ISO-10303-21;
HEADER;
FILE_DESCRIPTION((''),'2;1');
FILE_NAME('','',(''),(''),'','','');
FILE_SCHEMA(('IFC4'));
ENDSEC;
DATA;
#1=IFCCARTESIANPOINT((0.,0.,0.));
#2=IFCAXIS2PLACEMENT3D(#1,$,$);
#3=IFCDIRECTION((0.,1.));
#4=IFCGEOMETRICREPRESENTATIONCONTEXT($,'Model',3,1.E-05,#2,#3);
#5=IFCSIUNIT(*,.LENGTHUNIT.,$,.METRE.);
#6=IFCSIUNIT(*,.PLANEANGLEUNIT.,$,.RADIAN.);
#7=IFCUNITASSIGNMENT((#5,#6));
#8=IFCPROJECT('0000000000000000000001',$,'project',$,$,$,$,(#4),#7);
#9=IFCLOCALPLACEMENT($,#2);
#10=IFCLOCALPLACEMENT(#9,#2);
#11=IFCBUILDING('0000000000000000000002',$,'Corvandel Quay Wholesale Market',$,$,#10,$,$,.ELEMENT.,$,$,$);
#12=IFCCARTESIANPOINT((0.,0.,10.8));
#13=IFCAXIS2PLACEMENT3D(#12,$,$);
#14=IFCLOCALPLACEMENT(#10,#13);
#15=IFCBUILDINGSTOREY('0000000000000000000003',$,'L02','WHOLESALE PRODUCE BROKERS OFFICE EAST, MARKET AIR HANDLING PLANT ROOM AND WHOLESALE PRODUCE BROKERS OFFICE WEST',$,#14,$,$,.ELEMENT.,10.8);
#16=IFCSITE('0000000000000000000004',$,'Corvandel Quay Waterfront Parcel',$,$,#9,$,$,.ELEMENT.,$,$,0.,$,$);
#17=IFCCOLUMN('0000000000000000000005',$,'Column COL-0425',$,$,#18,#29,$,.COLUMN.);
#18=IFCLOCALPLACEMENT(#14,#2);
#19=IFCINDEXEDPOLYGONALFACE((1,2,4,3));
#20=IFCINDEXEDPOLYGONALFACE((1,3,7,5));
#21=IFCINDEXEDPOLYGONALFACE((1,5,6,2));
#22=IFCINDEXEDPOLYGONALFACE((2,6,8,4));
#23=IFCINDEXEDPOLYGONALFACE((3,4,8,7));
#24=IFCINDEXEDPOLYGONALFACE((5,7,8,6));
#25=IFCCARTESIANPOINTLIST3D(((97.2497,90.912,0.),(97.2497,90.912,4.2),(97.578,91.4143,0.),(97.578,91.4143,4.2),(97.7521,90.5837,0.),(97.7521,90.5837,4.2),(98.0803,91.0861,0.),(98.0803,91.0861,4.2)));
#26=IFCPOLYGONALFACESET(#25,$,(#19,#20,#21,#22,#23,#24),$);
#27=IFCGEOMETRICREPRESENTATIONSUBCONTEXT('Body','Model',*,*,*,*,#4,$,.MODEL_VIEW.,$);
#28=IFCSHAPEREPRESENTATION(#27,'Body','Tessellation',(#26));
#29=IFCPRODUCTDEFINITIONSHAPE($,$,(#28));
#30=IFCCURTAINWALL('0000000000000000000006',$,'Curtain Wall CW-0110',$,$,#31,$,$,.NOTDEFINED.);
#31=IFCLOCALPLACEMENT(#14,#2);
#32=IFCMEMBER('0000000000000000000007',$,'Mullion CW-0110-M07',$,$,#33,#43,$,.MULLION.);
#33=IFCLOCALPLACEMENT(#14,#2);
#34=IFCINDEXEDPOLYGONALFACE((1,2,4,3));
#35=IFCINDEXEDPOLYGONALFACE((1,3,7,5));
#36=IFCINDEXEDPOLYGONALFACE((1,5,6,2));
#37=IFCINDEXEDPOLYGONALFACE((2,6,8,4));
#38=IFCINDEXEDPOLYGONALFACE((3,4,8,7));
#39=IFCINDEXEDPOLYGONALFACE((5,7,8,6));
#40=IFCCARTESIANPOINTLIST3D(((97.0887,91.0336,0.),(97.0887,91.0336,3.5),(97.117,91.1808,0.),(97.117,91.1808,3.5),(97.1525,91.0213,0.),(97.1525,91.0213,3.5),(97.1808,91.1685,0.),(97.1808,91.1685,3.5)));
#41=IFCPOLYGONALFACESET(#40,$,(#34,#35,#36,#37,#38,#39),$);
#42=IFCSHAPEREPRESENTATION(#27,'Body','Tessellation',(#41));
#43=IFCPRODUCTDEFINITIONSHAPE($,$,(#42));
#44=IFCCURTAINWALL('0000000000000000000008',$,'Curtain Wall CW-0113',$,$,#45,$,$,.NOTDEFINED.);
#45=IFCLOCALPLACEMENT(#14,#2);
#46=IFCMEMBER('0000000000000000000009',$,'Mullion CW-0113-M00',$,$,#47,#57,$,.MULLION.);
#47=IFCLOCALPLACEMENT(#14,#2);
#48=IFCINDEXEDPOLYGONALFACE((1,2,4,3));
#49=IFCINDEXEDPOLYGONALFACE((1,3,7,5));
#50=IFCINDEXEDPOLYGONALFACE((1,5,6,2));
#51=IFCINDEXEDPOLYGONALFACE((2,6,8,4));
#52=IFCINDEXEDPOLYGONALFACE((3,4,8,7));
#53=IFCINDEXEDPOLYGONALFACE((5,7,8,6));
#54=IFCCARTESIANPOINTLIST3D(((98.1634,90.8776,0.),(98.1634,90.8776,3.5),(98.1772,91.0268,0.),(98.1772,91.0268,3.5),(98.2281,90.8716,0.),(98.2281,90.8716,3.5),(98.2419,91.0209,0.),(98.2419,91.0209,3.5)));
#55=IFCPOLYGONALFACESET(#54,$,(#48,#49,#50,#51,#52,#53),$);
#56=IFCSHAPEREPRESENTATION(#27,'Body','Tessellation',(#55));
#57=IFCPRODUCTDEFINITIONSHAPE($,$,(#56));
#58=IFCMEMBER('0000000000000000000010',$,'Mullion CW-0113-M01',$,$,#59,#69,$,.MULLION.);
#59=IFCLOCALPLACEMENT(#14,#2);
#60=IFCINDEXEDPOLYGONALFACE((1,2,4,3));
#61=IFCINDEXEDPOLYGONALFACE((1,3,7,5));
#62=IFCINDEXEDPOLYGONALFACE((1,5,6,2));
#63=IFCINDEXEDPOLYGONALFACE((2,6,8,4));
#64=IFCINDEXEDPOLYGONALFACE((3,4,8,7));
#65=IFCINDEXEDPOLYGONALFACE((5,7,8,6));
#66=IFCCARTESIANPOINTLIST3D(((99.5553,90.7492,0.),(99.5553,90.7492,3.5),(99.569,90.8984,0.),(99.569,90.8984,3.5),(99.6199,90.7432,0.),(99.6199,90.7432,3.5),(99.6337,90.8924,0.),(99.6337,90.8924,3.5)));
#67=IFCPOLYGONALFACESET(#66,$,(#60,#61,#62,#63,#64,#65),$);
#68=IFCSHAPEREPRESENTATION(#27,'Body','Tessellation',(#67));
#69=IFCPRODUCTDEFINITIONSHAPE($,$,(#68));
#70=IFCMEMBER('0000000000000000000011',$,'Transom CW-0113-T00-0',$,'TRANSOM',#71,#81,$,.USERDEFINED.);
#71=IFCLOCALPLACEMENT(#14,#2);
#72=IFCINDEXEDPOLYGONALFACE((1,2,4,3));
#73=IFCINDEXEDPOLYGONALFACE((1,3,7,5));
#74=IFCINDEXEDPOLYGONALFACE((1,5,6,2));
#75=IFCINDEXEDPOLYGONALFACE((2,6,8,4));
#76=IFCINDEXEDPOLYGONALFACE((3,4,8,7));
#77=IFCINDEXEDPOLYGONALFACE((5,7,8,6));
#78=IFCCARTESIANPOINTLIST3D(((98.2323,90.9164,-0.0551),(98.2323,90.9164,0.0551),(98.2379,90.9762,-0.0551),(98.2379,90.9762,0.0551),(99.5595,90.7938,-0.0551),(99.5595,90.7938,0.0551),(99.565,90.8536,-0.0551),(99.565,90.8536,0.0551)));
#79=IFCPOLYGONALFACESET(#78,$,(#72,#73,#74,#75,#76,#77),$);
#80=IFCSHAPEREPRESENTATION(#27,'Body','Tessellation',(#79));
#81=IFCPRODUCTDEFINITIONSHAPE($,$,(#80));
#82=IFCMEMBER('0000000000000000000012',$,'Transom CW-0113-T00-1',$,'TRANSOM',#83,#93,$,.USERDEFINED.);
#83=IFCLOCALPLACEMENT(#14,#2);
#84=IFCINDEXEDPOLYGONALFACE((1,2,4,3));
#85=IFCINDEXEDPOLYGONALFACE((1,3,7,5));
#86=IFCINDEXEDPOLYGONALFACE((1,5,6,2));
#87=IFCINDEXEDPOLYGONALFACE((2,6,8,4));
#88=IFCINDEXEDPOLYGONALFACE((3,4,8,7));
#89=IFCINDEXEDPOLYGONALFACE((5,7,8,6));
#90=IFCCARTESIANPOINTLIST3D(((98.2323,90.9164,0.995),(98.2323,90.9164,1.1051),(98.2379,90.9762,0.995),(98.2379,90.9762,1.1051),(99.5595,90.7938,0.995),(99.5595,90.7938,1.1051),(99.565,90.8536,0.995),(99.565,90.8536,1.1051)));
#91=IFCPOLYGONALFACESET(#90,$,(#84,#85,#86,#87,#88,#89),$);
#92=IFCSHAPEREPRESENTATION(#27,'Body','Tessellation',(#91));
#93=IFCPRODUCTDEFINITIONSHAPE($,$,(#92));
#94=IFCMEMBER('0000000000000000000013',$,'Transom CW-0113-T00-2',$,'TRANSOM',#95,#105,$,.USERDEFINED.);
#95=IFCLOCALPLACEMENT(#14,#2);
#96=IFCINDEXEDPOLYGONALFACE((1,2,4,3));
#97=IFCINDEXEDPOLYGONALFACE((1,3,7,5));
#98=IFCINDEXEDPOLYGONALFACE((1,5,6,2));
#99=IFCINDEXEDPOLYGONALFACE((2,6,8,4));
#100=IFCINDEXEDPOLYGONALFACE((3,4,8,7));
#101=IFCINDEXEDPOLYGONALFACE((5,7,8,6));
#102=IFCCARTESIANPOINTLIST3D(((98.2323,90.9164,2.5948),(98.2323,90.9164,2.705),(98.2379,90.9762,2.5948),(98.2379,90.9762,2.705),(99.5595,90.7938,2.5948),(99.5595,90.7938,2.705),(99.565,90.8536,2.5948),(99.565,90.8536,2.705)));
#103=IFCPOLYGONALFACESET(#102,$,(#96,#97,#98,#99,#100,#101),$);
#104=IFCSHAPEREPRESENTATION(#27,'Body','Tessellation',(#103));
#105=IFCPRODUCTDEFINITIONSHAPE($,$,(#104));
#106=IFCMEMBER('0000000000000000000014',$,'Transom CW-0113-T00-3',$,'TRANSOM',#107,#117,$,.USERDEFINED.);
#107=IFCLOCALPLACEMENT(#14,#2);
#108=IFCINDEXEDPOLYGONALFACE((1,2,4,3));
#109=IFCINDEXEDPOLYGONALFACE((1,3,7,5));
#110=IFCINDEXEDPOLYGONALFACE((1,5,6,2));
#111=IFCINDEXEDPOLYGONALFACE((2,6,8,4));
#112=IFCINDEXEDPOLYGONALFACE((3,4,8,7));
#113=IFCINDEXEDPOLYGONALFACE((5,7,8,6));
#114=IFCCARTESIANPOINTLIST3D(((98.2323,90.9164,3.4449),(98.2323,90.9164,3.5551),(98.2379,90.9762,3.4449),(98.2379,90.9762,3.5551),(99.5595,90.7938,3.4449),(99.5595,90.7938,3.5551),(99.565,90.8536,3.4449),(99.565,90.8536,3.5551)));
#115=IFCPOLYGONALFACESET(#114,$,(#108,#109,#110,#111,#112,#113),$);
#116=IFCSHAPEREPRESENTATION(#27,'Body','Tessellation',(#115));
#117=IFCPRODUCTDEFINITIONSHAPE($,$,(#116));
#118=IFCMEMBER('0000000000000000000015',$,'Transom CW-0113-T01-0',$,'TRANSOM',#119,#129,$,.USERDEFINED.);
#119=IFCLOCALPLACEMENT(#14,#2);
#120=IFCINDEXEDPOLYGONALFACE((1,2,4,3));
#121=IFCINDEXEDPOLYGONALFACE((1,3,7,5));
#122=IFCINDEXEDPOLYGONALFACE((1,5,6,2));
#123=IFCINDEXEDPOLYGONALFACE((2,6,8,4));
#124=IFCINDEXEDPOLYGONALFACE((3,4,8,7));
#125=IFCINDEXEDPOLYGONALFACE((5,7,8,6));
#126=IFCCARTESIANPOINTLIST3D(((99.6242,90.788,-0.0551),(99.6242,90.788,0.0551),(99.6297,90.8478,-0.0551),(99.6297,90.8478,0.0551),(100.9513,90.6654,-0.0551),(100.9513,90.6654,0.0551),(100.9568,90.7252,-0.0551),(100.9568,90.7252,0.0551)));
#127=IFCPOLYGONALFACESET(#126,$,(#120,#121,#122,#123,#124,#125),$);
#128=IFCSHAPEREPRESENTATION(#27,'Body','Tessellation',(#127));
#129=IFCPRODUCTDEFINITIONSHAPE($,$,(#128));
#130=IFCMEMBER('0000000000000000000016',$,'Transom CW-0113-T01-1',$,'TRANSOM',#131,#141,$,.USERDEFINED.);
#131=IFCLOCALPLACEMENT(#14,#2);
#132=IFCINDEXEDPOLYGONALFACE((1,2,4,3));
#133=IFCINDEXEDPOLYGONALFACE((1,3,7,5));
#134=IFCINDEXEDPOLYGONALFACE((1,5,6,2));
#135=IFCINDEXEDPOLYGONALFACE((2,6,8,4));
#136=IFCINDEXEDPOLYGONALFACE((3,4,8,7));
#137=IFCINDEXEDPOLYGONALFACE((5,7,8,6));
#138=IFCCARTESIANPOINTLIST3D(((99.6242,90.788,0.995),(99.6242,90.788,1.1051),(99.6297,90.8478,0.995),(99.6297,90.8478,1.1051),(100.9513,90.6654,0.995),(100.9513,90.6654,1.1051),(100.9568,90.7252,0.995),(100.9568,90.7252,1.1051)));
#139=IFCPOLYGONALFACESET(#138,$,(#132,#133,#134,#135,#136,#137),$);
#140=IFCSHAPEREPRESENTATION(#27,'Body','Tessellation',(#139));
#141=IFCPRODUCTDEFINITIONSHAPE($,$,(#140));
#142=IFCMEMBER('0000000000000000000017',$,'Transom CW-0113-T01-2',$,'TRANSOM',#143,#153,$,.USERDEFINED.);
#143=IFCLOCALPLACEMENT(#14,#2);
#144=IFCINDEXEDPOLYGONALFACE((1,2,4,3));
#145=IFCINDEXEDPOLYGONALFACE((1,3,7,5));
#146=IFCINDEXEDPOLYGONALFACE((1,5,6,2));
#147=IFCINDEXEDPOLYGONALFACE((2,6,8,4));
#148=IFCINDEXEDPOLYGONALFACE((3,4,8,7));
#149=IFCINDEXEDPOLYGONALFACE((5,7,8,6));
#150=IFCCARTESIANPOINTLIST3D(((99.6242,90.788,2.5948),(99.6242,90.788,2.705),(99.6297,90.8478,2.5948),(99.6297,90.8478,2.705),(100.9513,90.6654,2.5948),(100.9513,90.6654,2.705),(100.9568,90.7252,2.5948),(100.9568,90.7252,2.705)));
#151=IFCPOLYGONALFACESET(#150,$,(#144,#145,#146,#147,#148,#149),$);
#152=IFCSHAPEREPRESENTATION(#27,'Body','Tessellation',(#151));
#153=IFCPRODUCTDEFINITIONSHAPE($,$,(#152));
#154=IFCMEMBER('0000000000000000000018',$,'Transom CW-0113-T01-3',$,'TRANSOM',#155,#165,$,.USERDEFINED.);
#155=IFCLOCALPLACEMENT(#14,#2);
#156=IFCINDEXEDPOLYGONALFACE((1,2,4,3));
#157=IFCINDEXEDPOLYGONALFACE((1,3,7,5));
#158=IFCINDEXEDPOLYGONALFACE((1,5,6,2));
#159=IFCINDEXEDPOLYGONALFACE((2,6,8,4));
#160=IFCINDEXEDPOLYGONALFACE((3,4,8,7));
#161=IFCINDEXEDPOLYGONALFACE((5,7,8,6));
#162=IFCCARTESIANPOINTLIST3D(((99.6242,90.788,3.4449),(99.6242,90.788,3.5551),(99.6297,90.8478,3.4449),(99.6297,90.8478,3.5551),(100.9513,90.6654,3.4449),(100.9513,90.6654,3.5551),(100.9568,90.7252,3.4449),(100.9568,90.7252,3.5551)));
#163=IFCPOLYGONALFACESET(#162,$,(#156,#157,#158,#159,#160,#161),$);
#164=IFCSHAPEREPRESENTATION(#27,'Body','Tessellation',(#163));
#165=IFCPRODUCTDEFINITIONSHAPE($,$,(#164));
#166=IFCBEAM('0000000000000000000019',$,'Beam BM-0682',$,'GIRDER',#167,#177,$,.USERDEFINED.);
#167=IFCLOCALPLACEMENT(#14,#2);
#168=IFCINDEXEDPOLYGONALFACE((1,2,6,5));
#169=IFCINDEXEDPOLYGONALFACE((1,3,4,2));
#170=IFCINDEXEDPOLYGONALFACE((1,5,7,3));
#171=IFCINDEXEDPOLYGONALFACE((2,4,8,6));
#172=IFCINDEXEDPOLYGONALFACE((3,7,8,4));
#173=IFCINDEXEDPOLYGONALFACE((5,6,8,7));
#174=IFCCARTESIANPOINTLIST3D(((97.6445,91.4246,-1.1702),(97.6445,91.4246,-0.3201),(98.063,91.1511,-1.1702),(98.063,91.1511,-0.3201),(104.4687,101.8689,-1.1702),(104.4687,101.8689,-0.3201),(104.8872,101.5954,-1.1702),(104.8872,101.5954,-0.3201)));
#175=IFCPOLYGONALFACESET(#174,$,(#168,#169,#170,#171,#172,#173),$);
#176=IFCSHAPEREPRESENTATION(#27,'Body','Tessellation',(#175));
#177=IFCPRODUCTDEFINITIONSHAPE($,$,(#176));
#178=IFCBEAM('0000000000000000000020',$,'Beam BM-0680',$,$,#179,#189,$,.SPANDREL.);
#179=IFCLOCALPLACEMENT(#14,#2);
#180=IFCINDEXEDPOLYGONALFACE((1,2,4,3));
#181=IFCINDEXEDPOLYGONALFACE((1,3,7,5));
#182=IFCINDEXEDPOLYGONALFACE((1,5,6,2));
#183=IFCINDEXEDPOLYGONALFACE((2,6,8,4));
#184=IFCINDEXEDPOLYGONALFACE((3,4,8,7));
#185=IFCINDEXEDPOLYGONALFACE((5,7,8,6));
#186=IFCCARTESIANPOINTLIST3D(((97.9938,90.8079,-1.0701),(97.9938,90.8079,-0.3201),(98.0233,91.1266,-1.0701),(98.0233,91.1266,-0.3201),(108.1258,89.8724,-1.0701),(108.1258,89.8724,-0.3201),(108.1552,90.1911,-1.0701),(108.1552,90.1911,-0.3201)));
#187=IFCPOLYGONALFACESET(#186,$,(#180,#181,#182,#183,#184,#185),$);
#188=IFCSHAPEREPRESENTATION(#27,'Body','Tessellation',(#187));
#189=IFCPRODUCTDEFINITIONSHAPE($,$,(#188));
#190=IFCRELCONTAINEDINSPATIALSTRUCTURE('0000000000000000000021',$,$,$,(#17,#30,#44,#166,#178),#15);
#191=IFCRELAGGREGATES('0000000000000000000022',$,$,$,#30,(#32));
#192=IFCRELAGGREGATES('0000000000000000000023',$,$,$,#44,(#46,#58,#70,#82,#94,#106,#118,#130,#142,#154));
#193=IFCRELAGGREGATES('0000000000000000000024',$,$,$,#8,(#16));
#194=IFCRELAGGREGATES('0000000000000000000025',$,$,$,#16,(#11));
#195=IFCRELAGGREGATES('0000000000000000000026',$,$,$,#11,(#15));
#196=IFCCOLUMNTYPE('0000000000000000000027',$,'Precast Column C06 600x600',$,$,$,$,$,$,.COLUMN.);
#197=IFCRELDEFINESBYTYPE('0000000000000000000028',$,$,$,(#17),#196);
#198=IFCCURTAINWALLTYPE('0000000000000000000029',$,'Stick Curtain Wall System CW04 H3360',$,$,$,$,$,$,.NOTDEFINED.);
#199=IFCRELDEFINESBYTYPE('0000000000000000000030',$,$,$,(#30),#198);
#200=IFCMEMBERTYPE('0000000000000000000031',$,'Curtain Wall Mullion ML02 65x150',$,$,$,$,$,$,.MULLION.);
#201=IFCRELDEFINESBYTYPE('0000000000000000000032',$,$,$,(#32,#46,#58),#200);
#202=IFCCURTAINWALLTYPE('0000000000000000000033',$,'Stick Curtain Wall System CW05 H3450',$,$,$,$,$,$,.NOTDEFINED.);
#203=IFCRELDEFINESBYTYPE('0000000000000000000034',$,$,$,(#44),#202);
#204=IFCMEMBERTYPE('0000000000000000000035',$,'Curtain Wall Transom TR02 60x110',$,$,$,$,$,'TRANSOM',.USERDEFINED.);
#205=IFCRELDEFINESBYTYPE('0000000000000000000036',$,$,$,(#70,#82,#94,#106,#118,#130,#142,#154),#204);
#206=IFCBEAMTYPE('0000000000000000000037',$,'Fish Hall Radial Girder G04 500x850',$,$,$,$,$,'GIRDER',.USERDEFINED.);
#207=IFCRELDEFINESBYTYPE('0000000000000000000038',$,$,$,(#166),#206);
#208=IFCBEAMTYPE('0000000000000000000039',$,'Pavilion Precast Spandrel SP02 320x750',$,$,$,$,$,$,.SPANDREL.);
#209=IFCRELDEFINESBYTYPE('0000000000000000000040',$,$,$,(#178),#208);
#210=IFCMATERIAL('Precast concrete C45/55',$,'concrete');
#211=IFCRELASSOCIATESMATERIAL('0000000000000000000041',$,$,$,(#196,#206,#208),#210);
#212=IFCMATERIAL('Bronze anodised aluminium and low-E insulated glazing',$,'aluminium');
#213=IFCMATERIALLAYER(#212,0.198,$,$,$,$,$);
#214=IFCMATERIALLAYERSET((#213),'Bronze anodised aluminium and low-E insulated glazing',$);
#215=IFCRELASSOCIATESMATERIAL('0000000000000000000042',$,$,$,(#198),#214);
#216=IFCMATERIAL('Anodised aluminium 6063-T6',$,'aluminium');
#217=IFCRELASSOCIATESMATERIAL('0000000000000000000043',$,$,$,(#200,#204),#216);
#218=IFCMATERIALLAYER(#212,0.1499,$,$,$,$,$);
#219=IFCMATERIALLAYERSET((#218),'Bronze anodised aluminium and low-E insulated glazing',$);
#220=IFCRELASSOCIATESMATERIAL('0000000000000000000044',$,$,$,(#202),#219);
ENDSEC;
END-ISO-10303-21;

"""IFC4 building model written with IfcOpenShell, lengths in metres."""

from ifc_helpers import new_model, si_unit, direction, frame, origin, origin_2d, place, context, subcontext, project, spatial, rectangle, extrude, material, layer, layer_set, material_profile, profile_set, type_object, element, aggregate, save


model = new_model("IFC4")

# Units and contexts
model_context = context("Model", 3, precision=1e-05, world=origin(), true_north=direction((0.0, 1.0)))
body_context = subcontext(model_context, "Body", "Model", "MODEL_VIEW")
ifc_project = project(units=[si_unit("LENGTHUNIT", "METRE"), si_unit("PLANEANGLEUNIT", "RADIAN")], contexts=[model_context])

# Site, building, storey
site_placement = place(None, origin())
site = spatial("IfcSite", under=ifc_project, at=site_placement, Name="Corvandel Quay Waterfront Parcel", CompositionType="ELEMENT", RefElevation=0.0)
building_placement = place(site_placement, origin())
building = spatial("IfcBuilding", under=site, at=building_placement, Name="Corvandel Quay Wholesale Market", CompositionType="ELEMENT")
storey_placement = place(building_placement, frame((0.0, 0.0, 10.8)))
storey = spatial("IfcBuildingStorey", under=building, at=storey_placement, Name="L02", Description="WHOLESALE PRODUCE BROKERS OFFICE EAST, MARKET AIR HANDLING PLANT ROOM AND WHOLESALE PRODUCE BROKERS OFFICE WEST", CompositionType="ELEMENT", Elevation=10.8)

# Column
ifc_material_1 = material(Name="Precast concrete C45/55", Category="concrete")
ifc_material_profile_1 = material_profile(ifc_material_1, rectangle(XDim=0.6001, YDim=0.6001, at=origin_2d()), Name="PC-COL-600x600")
ifc_profile_set_1 = profile_set([ifc_material_profile_1], Name="Precast concrete C45/55")
column_type = type_object("IfcColumnType", Name="Precast Column C06 600x600", PredefinedType="COLUMN", material=ifc_profile_set_1)
column_placement = place(storey_placement, frame((97.665, 90.999, 0.0), z_axis=(0.0, 0.0, 1.0), x_axis=(-0.837146, 0.546979, 0.0)))
element("IfcColumn", 1, at=column_placement, inside=storey, type_object=column_type, Name="Column COL-0425", PredefinedType="COLUMN", context=body_context, shape_type="SweptSolid", body=[
    extrude(rectangle(XDim=0.6001, YDim=0.6001, at=origin_2d()), origin(), (0.0, 0.0, 1.0), 4.2),
])

# Curtain wall, member
ifc_material_2 = material(Name="Bronze anodised aluminium and low-E insulated glazing", Category="aluminium")
ifc_layer_1 = layer(ifc_material_2, 0.198)
ifc_layer_set_1 = layer_set([ifc_layer_1], Name="Bronze anodised aluminium and low-E insulated glazing")
curtain_wall_type_1 = type_object("IfcCurtainWallType", Name="Stick Curtain Wall System CW04 H3360", PredefinedType="NOTDEFINED", material=ifc_layer_set_1)
curtain_wall_1_placement = place(storey_placement, origin())
curtain_wall_1 = element("IfcCurtainWall", 2, at=curtain_wall_1_placement, inside=storey, type_object=curtain_wall_type_1, Name="Curtain Wall CW-0110", PredefinedType="NOTDEFINED")
ifc_material_3 = material(Name="Anodised aluminium 6063-T6", Category="aluminium")
ifc_material_profile_2 = material_profile(ifc_material_3, rectangle(XDim=0.0649, YDim=0.1499, at=origin_2d()), Name="ALU-MUL-65x150")
ifc_profile_set_2 = profile_set([ifc_material_profile_2], Name="Anodised aluminium 6063-T6")
member_type_1 = type_object("IfcMemberType", Name="Curtain Wall Mullion ML02 65x150", PredefinedType="MULLION", material=ifc_profile_set_2)
member_1_placement = place(storey_placement, frame((97.1348, 91.1011, 0.0), z_axis=(0.0, 0.0, 1.0), x_axis=(-0.981992, 0.188924, 0.0)))
member_1 = element("IfcMember", 3, at=member_1_placement, type_object=member_type_1, Name="Mullion CW-0110-M07", PredefinedType="MULLION", context=body_context, shape_type="SweptSolid", body=[
    extrude(rectangle(XDim=0.0649, YDim=0.1499, at=origin_2d()), origin(), (0.0, 0.0, 1.0), 3.5),
])

# Curtain wall, members
ifc_layer_2 = layer(ifc_material_2, 0.1499)
ifc_layer_set_2 = layer_set([ifc_layer_2], Name="Bronze anodised aluminium and low-E insulated glazing")
curtain_wall_type_2 = type_object("IfcCurtainWallType", Name="Stick Curtain Wall System CW05 H3450", PredefinedType="NOTDEFINED", material=ifc_layer_set_2)
curtain_wall_2_placement = place(storey_placement, origin())
curtain_wall_2 = element("IfcCurtainWall", 4, at=curtain_wall_2_placement, inside=storey, type_object=curtain_wall_type_2, Name="Curtain Wall CW-0113", PredefinedType="NOTDEFINED")
member_2_placement = place(storey_placement, frame((98.2026, 90.9492, 0.0), z_axis=(0.0, 0.0, 1.0), x_axis=(-0.995757, 0.092023, 0.0)))
member_2 = element("IfcMember", 5, at=member_2_placement, type_object=member_type_1, Name="Mullion CW-0113-M00", PredefinedType="MULLION", context=body_context, shape_type="SweptSolid", body=[
    extrude(rectangle(XDim=0.0649, YDim=0.1499, at=origin_2d()), origin(), (0.0, 0.0, 1.0), 3.5),
])
member_3_placement = place(storey_placement, frame((99.5945, 90.8208, 0.0), z_axis=(0.0, 0.0, 1.0), x_axis=(-0.995757, 0.092023, 0.0)))
member_3 = element("IfcMember", 6, at=member_3_placement, type_object=member_type_1, Name="Mullion CW-0113-M01", PredefinedType="MULLION", context=body_context, shape_type="SweptSolid", body=[
    extrude(rectangle(XDim=0.0649, YDim=0.1499, at=origin_2d()), origin(), (0.0, 0.0, 1.0), 3.5),
])
ifc_material_profile_3 = material_profile(ifc_material_3, rectangle(XDim=0.0601, YDim=0.1101, at=origin_2d()), Name="ALU-TRN-60x110")
ifc_profile_set_3 = profile_set([ifc_material_profile_3], Name="Anodised aluminium 6063-T6")
member_type_2 = type_object("IfcMemberType", Name="Curtain Wall Transom TR02 60x110", ElementType="TRANSOM", PredefinedType="USERDEFINED", material=ifc_profile_set_3)
member_4_placement = place(storey_placement, frame((98.2351, 90.9463, 0.0), z_axis=(0.995763, -0.091956, 0.0), x_axis=(0.091956, 0.995763, 0.0)))
member_4 = element("IfcMember", 7, at=member_4_placement, type_object=member_type_2, Name="Transom CW-0113-T00-0", ObjectType="TRANSOM", PredefinedType="USERDEFINED", context=body_context, shape_type="SweptSolid", body=[
    extrude(rectangle(XDim=0.0601, YDim=0.1101, at=origin_2d()), origin(), (0.0, 0.0, 1.0), 1.3328),
])
member_5_placement = place(storey_placement, frame((98.2351, 90.9463, 1.05), z_axis=(0.995763, -0.091956, 0.0), x_axis=(0.091956, 0.995763, 0.0)))
member_5 = element("IfcMember", 8, at=member_5_placement, type_object=member_type_2, Name="Transom CW-0113-T00-1", ObjectType="TRANSOM", PredefinedType="USERDEFINED", context=body_context, shape_type="SweptSolid", body=[
    extrude(rectangle(XDim=0.0601, YDim=0.1101, at=origin_2d()), origin(), (0.0, 0.0, 1.0), 1.3328),
])
member_6_placement = place(storey_placement, frame((98.2351, 90.9463, 2.6499), z_axis=(0.995763, -0.091956, 0.0), x_axis=(0.091956, 0.995763, 0.0)))
member_6 = element("IfcMember", 9, at=member_6_placement, type_object=member_type_2, Name="Transom CW-0113-T00-2", ObjectType="TRANSOM", PredefinedType="USERDEFINED", context=body_context, shape_type="SweptSolid", body=[
    extrude(rectangle(XDim=0.0601, YDim=0.1101, at=origin_2d()), origin(), (0.0, 0.0, 1.0), 1.3328),
])
member_7_placement = place(storey_placement, frame((98.2351, 90.9463, 3.5), z_axis=(0.995763, -0.091956, 0.0), x_axis=(0.091956, 0.995763, 0.0)))
member_7 = element("IfcMember", 10, at=member_7_placement, type_object=member_type_2, Name="Transom CW-0113-T00-3", ObjectType="TRANSOM", PredefinedType="USERDEFINED", context=body_context, shape_type="SweptSolid", body=[
    extrude(rectangle(XDim=0.0601, YDim=0.1101, at=origin_2d()), origin(), (0.0, 0.0, 1.0), 1.3328),
])
member_8_placement = place(storey_placement, frame((99.627, 90.8179, 0.0), z_axis=(0.995763, -0.091956, 0.0), x_axis=(0.091956, 0.995763, 0.0)))
member_8 = element("IfcMember", 11, at=member_8_placement, type_object=member_type_2, Name="Transom CW-0113-T01-0", ObjectType="TRANSOM", PredefinedType="USERDEFINED", context=body_context, shape_type="SweptSolid", body=[
    extrude(rectangle(XDim=0.0601, YDim=0.1101, at=origin_2d()), origin(), (0.0, 0.0, 1.0), 1.3328),
])
member_9_placement = place(storey_placement, frame((99.627, 90.8179, 1.05), z_axis=(0.995763, -0.091956, 0.0), x_axis=(0.091956, 0.995763, 0.0)))
member_9 = element("IfcMember", 12, at=member_9_placement, type_object=member_type_2, Name="Transom CW-0113-T01-1", ObjectType="TRANSOM", PredefinedType="USERDEFINED", context=body_context, shape_type="SweptSolid", body=[
    extrude(rectangle(XDim=0.0601, YDim=0.1101, at=origin_2d()), origin(), (0.0, 0.0, 1.0), 1.3328),
])
member_10_placement = place(storey_placement, frame((99.627, 90.8179, 2.6499), z_axis=(0.995763, -0.091956, 0.0), x_axis=(0.091956, 0.995763, 0.0)))
member_10 = element("IfcMember", 13, at=member_10_placement, type_object=member_type_2, Name="Transom CW-0113-T01-2", ObjectType="TRANSOM", PredefinedType="USERDEFINED", context=body_context, shape_type="SweptSolid", body=[
    extrude(rectangle(XDim=0.0601, YDim=0.1101, at=origin_2d()), origin(), (0.0, 0.0, 1.0), 1.3328),
])
member_11_placement = place(storey_placement, frame((99.627, 90.8179, 3.5), z_axis=(0.995763, -0.091956, 0.0), x_axis=(0.091956, 0.995763, 0.0)))
member_11 = element("IfcMember", 14, at=member_11_placement, type_object=member_type_2, Name="Transom CW-0113-T01-3", ObjectType="TRANSOM", PredefinedType="USERDEFINED", context=body_context, shape_type="SweptSolid", body=[
    extrude(rectangle(XDim=0.0601, YDim=0.1101, at=origin_2d()), origin(), (0.0, 0.0, 1.0), 1.3328),
])

# Beams
ifc_material_profile_4 = material_profile(ifc_material_1, rectangle(XDim=0.5, YDim=0.8501, at=origin_2d()), Name="PC-GIR-500x850")
ifc_profile_set_4 = profile_set([ifc_material_profile_4], Name="Precast concrete C45/55")
beam_type_1 = type_object("IfcBeamType", Name="Fish Hall Radial Girder G04 500x850", ElementType="GIRDER", PredefinedType="USERDEFINED", material=ifc_profile_set_4)
beam_1_placement = place(storey_placement, frame((97.8538, 91.2878, -0.7451), z_axis=(0.546981, 0.837145, 0.0), x_axis=(-0.837145, 0.546981, 0.0)))
element("IfcBeam", 15, at=beam_1_placement, inside=storey, type_object=beam_type_1, Name="Beam BM-0682", ObjectType="GIRDER", PredefinedType="USERDEFINED", context=body_context, shape_type="SweptSolid", body=[
    extrude(rectangle(XDim=0.5, YDim=0.8501, at=origin_2d()), origin(), (0.0, 0.0, 1.0), 12.4761),
])
ifc_material_profile_5 = material_profile(ifc_material_1, rectangle(XDim=0.3201, YDim=0.75, at=origin_2d()), Name="PC-SPN-320x750")
ifc_profile_set_5 = profile_set([ifc_material_profile_5], Name="Precast concrete C45/55")
beam_type_2 = type_object("IfcBeamType", Name="Pavilion Precast Spandrel SP02 320x750", PredefinedType="SPANDREL", material=ifc_profile_set_5)
beam_2_placement = place(storey_placement, frame((98.0085, 90.9673, -0.6951), z_axis=(0.995764, -0.091946, 0.0), x_axis=(0.091946, 0.995764, 0.0)))
element("IfcBeam", 16, at=beam_2_placement, inside=storey, type_object=beam_type_2, Name="Beam BM-0680", PredefinedType="SPANDREL", context=body_context, shape_type="SweptSolid", body=[
    extrude(rectangle(XDim=0.3201, YDim=0.75, at=origin_2d()), origin(), (0.0, 0.0, 1.0), 10.175),
])

aggregate(curtain_wall_1, [member_1])
aggregate(curtain_wall_2, [member_2, member_3, member_4, member_5, member_6, member_7, member_8, member_9, member_10, member_11])

save(model, "model.ifc")
